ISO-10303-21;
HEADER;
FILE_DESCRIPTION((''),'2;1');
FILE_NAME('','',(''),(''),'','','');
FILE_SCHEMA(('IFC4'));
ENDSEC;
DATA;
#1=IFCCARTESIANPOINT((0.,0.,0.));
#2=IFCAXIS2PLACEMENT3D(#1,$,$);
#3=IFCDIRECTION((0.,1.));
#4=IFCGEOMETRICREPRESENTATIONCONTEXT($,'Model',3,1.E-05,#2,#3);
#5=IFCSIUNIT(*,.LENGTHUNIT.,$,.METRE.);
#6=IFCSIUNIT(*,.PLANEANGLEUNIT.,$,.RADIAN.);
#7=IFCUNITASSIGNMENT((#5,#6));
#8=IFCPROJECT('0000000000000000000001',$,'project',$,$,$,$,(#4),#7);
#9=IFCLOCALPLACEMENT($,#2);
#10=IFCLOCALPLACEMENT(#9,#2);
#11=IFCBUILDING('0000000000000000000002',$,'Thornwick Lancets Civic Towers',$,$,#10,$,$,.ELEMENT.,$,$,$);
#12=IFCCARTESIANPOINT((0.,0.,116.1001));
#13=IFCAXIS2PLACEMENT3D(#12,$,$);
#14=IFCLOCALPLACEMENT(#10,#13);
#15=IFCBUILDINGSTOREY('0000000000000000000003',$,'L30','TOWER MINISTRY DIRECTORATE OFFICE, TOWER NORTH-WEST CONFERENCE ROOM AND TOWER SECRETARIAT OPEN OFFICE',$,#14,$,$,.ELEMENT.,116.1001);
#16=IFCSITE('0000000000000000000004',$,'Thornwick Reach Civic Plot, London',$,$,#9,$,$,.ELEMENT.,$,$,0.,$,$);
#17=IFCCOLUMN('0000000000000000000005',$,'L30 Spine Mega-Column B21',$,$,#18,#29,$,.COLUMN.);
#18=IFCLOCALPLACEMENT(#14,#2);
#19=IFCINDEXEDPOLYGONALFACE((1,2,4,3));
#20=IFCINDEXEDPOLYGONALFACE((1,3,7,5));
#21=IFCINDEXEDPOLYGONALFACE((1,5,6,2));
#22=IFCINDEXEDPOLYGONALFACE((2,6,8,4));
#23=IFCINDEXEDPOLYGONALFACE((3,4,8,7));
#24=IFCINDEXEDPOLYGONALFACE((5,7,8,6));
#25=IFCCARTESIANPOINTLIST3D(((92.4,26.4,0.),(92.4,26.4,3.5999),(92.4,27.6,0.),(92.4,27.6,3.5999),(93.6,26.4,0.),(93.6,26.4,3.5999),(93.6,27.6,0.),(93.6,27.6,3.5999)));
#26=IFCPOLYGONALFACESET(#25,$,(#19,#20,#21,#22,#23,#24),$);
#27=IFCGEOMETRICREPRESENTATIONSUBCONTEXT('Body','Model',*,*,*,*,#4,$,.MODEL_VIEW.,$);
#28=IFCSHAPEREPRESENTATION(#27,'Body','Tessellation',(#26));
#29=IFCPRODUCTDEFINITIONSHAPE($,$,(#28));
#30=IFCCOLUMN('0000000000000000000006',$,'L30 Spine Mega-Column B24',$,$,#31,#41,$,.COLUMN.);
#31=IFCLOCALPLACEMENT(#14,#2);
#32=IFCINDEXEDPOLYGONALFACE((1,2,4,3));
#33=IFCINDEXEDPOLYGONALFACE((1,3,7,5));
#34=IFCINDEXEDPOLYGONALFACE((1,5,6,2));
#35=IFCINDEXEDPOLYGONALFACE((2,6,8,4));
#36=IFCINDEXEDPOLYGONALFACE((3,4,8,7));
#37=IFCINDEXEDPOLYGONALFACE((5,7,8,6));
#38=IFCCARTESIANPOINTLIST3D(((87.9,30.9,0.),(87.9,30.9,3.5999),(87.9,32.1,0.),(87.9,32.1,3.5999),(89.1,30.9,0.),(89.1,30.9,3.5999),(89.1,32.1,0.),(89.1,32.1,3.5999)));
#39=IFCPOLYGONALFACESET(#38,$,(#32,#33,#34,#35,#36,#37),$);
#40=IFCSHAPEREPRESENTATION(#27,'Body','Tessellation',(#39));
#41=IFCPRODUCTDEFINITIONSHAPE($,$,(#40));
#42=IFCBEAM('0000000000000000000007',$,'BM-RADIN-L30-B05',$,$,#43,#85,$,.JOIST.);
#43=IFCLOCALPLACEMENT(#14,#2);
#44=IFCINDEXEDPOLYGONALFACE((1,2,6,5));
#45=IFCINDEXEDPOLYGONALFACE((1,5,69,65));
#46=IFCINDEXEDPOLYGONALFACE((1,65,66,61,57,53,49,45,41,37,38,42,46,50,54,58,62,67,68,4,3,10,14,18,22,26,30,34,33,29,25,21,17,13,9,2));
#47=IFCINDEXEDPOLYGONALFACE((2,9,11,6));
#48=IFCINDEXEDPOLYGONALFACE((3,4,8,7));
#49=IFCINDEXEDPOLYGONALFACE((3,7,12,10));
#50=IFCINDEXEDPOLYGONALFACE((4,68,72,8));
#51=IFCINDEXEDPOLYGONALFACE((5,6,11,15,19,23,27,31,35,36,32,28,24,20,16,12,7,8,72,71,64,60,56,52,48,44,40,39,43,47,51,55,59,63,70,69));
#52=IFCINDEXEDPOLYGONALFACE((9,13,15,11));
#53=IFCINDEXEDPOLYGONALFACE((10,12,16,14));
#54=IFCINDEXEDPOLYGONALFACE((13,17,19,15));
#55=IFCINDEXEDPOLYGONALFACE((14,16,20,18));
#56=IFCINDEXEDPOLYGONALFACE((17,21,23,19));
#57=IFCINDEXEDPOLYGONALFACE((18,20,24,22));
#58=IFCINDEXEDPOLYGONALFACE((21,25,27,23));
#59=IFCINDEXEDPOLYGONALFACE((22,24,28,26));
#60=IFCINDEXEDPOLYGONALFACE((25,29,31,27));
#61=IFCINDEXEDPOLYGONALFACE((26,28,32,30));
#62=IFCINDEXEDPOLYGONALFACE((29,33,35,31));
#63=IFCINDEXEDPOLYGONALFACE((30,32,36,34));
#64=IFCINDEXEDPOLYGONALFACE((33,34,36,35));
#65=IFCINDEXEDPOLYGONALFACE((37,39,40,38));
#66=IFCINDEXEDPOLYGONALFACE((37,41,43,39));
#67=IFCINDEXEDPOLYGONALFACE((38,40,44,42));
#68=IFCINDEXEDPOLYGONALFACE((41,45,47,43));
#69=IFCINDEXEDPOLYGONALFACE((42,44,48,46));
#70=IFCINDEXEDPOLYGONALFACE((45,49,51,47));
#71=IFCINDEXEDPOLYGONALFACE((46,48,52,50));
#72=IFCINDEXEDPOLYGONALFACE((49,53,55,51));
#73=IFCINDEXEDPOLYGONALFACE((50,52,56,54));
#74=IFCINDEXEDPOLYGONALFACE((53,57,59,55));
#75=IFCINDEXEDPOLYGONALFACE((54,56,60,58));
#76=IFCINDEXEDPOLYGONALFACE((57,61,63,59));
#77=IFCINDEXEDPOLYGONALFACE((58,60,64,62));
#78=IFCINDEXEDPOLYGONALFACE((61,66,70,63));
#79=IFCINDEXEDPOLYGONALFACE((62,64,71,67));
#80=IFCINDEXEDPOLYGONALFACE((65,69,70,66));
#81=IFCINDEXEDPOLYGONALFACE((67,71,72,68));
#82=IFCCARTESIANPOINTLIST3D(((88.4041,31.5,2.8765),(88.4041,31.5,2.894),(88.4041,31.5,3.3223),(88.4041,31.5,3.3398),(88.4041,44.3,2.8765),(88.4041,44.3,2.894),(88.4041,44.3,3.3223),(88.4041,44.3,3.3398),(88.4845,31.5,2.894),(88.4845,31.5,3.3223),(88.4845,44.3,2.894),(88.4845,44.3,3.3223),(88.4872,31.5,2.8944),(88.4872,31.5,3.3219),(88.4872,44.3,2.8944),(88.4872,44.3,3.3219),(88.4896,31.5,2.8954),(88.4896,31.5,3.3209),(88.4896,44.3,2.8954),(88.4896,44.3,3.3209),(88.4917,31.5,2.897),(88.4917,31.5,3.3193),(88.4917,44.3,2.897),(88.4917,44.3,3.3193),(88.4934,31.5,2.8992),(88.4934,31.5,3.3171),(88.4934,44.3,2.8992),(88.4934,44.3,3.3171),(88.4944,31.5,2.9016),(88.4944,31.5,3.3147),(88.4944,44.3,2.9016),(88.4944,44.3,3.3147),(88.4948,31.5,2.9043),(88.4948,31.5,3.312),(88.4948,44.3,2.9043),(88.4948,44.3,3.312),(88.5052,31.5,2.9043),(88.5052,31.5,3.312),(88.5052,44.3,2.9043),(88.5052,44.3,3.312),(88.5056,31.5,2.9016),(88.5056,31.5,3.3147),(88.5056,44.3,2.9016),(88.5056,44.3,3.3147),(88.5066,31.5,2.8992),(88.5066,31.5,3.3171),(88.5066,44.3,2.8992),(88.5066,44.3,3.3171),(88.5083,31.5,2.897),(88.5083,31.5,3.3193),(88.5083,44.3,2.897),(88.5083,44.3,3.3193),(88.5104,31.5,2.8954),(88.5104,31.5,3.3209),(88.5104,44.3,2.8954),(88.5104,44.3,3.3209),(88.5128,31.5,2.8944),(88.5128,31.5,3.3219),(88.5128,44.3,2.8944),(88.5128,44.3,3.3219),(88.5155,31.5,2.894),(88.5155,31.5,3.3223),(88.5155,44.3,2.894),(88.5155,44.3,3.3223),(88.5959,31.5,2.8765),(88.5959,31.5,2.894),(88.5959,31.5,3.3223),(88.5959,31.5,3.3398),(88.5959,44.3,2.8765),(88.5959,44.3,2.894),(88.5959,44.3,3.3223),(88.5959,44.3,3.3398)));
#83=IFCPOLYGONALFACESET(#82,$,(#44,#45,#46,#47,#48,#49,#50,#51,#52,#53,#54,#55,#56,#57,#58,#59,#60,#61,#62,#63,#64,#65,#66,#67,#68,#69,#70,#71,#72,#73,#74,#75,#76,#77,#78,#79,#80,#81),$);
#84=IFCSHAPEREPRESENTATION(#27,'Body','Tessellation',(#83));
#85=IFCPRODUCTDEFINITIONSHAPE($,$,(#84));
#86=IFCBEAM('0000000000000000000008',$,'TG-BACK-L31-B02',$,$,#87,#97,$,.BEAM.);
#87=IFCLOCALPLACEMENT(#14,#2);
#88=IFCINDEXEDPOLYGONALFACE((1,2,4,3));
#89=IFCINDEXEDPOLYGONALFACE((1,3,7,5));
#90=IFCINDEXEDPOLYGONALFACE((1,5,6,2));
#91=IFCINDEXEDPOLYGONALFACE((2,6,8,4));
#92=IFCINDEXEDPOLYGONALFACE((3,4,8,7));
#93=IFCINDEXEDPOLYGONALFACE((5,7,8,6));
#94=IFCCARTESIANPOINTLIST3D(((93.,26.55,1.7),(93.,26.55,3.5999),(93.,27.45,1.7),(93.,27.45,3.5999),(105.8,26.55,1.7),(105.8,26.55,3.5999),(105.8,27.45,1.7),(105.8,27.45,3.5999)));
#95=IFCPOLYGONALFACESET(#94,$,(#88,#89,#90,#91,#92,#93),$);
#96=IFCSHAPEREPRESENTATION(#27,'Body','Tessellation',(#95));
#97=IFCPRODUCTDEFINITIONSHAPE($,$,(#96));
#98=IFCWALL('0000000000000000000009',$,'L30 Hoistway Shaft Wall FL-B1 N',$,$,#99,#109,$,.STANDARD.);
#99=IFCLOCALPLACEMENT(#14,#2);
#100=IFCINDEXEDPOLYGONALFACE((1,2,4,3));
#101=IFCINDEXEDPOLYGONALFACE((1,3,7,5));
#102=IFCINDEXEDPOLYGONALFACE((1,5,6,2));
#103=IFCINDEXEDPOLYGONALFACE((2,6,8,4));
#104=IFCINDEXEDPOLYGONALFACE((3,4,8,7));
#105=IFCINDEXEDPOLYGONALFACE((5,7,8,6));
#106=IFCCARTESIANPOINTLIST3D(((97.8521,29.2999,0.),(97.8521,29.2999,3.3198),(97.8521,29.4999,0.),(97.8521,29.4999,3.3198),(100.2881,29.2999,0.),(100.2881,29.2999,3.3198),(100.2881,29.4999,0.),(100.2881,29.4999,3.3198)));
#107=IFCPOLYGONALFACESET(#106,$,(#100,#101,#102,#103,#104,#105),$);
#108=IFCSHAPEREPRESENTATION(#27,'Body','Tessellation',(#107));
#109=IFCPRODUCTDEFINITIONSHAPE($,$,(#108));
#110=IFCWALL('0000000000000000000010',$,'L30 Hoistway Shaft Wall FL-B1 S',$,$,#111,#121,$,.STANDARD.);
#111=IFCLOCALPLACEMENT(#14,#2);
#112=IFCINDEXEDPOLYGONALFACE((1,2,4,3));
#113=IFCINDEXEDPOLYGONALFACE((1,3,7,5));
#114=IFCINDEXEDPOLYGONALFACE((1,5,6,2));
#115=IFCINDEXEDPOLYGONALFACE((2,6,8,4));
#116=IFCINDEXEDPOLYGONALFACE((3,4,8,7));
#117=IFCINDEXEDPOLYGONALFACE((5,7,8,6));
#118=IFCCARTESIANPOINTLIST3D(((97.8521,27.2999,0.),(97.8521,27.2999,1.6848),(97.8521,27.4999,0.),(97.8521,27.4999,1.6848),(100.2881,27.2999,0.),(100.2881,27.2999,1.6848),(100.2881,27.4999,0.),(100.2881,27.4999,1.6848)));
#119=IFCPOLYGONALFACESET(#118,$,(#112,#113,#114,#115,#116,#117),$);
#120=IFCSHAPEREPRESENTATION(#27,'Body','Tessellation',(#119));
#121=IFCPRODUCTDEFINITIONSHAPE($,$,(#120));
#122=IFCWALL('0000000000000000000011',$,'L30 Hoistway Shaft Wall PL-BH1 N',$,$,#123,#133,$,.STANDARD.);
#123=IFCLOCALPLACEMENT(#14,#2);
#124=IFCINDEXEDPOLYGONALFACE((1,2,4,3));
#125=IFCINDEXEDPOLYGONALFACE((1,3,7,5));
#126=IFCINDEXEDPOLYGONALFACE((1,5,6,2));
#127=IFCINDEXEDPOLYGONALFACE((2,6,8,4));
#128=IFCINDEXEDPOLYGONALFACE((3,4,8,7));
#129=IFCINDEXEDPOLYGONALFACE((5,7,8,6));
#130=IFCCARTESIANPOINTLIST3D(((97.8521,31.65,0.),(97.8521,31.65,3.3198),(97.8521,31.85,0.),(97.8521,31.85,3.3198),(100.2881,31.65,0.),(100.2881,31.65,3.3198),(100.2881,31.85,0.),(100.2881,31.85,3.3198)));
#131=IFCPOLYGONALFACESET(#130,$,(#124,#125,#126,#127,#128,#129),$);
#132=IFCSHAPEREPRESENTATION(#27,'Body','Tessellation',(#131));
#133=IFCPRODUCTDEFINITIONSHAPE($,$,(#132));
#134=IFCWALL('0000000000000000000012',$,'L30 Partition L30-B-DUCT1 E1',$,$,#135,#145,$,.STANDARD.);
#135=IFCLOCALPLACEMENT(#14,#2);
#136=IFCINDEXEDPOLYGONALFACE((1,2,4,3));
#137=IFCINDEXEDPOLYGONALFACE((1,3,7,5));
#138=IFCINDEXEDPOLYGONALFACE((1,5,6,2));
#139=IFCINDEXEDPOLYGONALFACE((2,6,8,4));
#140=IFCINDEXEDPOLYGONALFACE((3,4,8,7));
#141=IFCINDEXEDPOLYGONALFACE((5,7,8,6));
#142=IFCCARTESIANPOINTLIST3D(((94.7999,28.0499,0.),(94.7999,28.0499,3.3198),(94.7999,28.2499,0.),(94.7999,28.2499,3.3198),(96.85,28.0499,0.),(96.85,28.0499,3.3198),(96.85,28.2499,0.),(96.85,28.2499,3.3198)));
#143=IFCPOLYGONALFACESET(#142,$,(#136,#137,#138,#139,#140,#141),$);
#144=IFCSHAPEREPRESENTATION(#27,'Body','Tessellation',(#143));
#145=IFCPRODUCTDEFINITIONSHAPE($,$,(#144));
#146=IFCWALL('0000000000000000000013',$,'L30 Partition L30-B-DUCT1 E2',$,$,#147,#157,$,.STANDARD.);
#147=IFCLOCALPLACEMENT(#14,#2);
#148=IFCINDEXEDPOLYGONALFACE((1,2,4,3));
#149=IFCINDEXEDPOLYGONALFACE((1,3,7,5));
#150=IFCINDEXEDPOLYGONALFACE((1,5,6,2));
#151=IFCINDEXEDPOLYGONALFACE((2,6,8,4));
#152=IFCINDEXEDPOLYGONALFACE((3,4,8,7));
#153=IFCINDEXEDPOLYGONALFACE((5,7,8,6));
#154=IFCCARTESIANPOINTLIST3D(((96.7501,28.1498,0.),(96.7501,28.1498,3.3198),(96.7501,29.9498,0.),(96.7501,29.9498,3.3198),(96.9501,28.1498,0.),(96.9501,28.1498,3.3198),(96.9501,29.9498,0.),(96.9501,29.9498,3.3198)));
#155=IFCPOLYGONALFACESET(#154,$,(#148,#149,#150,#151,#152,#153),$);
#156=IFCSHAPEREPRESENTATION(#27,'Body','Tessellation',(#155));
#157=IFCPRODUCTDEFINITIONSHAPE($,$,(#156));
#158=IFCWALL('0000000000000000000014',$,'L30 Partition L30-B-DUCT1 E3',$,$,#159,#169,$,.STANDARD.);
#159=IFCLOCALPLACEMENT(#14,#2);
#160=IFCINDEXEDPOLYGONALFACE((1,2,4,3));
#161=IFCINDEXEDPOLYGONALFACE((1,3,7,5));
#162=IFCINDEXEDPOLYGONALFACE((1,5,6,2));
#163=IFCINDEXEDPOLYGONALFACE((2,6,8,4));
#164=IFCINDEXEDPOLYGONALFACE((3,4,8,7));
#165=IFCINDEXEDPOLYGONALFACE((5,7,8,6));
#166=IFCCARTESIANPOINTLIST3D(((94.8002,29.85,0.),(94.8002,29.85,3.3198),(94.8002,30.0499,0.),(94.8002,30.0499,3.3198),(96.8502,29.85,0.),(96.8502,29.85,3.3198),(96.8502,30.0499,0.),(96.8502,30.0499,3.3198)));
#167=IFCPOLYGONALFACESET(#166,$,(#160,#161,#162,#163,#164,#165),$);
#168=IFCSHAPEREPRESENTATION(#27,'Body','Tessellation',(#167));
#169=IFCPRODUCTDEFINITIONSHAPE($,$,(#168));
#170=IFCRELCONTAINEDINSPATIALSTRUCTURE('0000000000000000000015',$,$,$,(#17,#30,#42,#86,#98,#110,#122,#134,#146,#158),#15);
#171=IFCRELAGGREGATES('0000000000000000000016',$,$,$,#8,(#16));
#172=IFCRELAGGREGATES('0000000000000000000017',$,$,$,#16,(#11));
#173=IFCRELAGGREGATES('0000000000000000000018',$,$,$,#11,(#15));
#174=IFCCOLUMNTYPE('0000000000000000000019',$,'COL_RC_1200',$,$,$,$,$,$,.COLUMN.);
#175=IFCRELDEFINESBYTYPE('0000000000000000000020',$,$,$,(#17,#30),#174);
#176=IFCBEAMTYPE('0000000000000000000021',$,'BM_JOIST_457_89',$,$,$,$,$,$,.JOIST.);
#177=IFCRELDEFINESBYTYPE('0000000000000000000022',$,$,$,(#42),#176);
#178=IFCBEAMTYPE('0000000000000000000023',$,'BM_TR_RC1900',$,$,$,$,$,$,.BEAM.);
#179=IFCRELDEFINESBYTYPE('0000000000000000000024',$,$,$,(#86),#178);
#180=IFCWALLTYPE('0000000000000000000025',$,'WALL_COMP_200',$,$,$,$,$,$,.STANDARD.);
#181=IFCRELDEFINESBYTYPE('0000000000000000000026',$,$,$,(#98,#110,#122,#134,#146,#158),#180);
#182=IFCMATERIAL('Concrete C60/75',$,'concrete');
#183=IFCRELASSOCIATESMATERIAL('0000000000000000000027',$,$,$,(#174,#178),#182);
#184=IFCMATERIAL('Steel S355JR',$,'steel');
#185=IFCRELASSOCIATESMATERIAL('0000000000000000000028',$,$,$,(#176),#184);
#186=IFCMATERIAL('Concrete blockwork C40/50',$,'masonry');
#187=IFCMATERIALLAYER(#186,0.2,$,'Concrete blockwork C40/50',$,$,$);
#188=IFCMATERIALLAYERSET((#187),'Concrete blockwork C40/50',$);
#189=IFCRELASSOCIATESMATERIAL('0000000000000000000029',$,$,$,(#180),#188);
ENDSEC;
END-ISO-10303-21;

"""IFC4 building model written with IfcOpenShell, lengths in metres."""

from ifc_helpers import new_model, si_unit, direction, frame, frame_2d, origin, origin_2d, place, context, subcontext, project, spatial, rectangle, i_section, extrude, material, layer, layer_set, material_profile, profile_set, type_object, element, save


model = new_model("IFC4")

# Units and contexts
model_context = context("Model", 3, precision=1e-05, world=origin(), true_north=direction((0.0, 1.0)))
body_context = subcontext(model_context, "Body", "Model", "MODEL_VIEW")
ifc_project = project(units=[si_unit("LENGTHUNIT", "METRE"), si_unit("PLANEANGLEUNIT", "RADIAN")], contexts=[model_context])

# Site, building, storey
site_placement = place(None, origin())
site = spatial("IfcSite", under=ifc_project, at=site_placement, Name="Thornwick Reach Civic Plot, London", CompositionType="ELEMENT", RefElevation=0.0)
building_placement = place(site_placement, origin())
building = spatial("IfcBuilding", under=site, at=building_placement, Name="Thornwick Lancets Civic Towers", CompositionType="ELEMENT")
storey_placement = place(building_placement, frame((0.0, 0.0, 116.1001)))
storey = spatial("IfcBuildingStorey", under=building, at=storey_placement, Name="L30", Description="TOWER MINISTRY DIRECTORATE OFFICE, TOWER NORTH-WEST CONFERENCE ROOM AND TOWER SECRETARIAT OPEN OFFICE", CompositionType="ELEMENT", Elevation=116.1001)

# Columns
ifc_material_1 = material(Name="Concrete C60/75", Category="concrete")
ifc_material_profile_1 = material_profile(ifc_material_1, rectangle(XDim=1.2, YDim=1.2, at=origin_2d()), Name="RC 1200x1200")
ifc_profile_set_1 = profile_set([ifc_material_profile_1], Name="Concrete C60/75")
column_type = type_object("IfcColumnType", Name="COL_RC_1200", PredefinedType="COLUMN", material=ifc_profile_set_1)
for number, where, z_axis, x_axis, name in (
    (1, (93.0, 27.0, 0.0), (0.0, 0.0, 1.0), (1.0, 0.0, 0.0), "L30 Spine Mega-Column B21"),
    (2, (88.5, 31.5, 0.0), (0.0, 0.0, 1.0), (1.0, 0.0, 0.0), "L30 Spine Mega-Column B24"),
):
    element("IfcColumn", number, at=place(storey_placement, frame(where, z_axis=z_axis, x_axis=x_axis)), inside=storey, type_object=column_type, Name=name, PredefinedType="COLUMN", context=body_context, shape_type="SweptSolid", body=[
        extrude(rectangle(XDim=1.2, YDim=1.2, at=origin_2d()), origin(), (0.0, 0.0, 1.0), 3.5999),
    ])

# Beams
ifc_material_2 = material(Name="Steel S355JR", Category="steel")
ifc_material_profile_2 = material_profile(ifc_material_2, i_section(OverallWidth=0.1919, OverallDepth=0.4634, WebThickness=0.0105, FlangeThickness=0.0176, FilletRadius=0.0103, at=origin_2d()), Name="UKB 457x191x89")
ifc_profile_set_2 = profile_set([ifc_material_profile_2], Name="Steel S355JR")
beam_type_1 = type_object("IfcBeamType", Name="BM_JOIST_457_89", PredefinedType="JOIST", material=ifc_profile_set_2)
beam_1_placement = place(storey_placement, frame((88.5, 31.5, 3.1082), z_axis=(0.0, 1.0, 0.0), x_axis=(-1.0, 0.0, 0.0)))
element("IfcBeam", 3, at=beam_1_placement, inside=storey, type_object=beam_type_1, Name="BM-RADIN-L30-B05", PredefinedType="JOIST", context=body_context, shape_type="SweptSolid", body=[
    extrude(i_section(OverallWidth=0.1919, OverallDepth=0.4634, WebThickness=0.0105, FlangeThickness=0.0176, FilletRadius=0.0103, at=origin_2d()), origin(), (0.0, 0.0, 1.0), 12.8),
])
ifc_material_profile_3 = material_profile(ifc_material_1, rectangle(XDim=0.8999, YDim=1.8999, at=origin_2d()), Name="RC 900x1900")
ifc_profile_set_3 = profile_set([ifc_material_profile_3], Name="Concrete C60/75")
beam_type_2 = type_object("IfcBeamType", Name="BM_TR_RC1900", PredefinedType="BEAM", material=ifc_profile_set_3)
beam_2_placement = place(storey_placement, frame((93.0, 27.0, 2.6499), z_axis=(1.0, 0.0, 0.0), x_axis=(0.0, 1.0, 0.0)))
element("IfcBeam", 4, at=beam_2_placement, inside=storey, type_object=beam_type_2, Name="TG-BACK-L31-B02", PredefinedType="BEAM", context=body_context, shape_type="SweptSolid", body=[
    extrude(rectangle(XDim=0.8999, YDim=1.8999, at=origin_2d()), origin(), (0.0, 0.0, 1.0), 12.8),
])

# Walls
ifc_material_3 = material(Name="Concrete blockwork C40/50", Category="masonry")
ifc_layer_1 = layer(ifc_material_3, 0.2, Name="Concrete blockwork C40/50")
ifc_layer_set_1 = layer_set([ifc_layer_1], Name="Concrete blockwork C40/50")
wall_type_1 = type_object("IfcWallType", Name="WALL_COMP_200", PredefinedType="STANDARD", material=ifc_layer_set_1)
wall_1_placement = place(storey_placement, frame((97.8521, 29.3999, 0.0), z_axis=(0.0, 0.0, 1.0), x_axis=(1.0, 0.0, 0.0)))
element("IfcWall", 5, at=wall_1_placement, inside=storey, type_object=wall_type_1, Name="L30 Hoistway Shaft Wall FL-B1 N", PredefinedType="STANDARD", context=body_context, shape_type="SweptSolid", body=[
    extrude(rectangle(XDim=2.436, YDim=0.2, at=frame_2d((1.218, 0.0))), origin(), (0.0, 0.0, 1.0), 3.3198),
])
wall_2_placement = place(storey_placement, frame((97.8521, 27.3999, 0.0), z_axis=(0.0, 0.0, 1.0), x_axis=(1.0, 0.0, 0.0)))
element("IfcWall", 6, at=wall_2_placement, inside=storey, type_object=wall_type_1, Name="L30 Hoistway Shaft Wall FL-B1 S", PredefinedType="STANDARD", context=body_context, shape_type="SweptSolid", body=[
    extrude(rectangle(XDim=2.436, YDim=0.2, at=frame_2d((1.218, 0.0))), origin(), (0.0, 0.0, 1.0), 1.6848),
])
wall_3_placement = place(storey_placement, frame((97.8521, 31.75, 0.0), z_axis=(0.0, 0.0, 1.0), x_axis=(1.0, 0.0, 0.0)))
element("IfcWall", 7, at=wall_3_placement, inside=storey, type_object=wall_type_1, Name="L30 Hoistway Shaft Wall PL-BH1 N", PredefinedType="STANDARD", context=body_context, shape_type="SweptSolid", body=[
    extrude(rectangle(XDim=2.436, YDim=0.2, at=frame_2d((1.218, 0.0))), origin(), (0.0, 0.0, 1.0), 3.3198),
])
wall_4_placement = place(storey_placement, frame((94.8, 28.1499, 0.0), z_axis=(0.0, 0.0, 1.0), x_axis=(1.0, 0.0, 0.0)))
element("IfcWall", 8, at=wall_4_placement, inside=storey, type_object=wall_type_1, Name="L30 Partition L30-B-DUCT1 E1", PredefinedType="STANDARD", context=body_context, shape_type="SweptSolid", body=[
    extrude(rectangle(XDim=2.05, YDim=0.2, at=frame_2d((1.0249, 0.0))), origin(), (0.0, 0.0, 1.0), 3.3198),
])
wall_5_placement = place(storey_placement, frame((96.8501, 28.1499, 0.0), z_axis=(0.0, 0.0, 1.0), x_axis=(0.0, 1.0, 0.0)))
element("IfcWall", 9, at=wall_5_placement, inside=storey, type_object=wall_type_1, Name="L30 Partition L30-B-DUCT1 E2", PredefinedType="STANDARD", context=body_context, shape_type="SweptSolid", body=[
    extrude(rectangle(XDim=1.8, YDim=0.2, at=frame_2d((0.8999, 0.0))), origin(), (0.0, 0.0, 1.0), 3.3198),
])
wall_6_placement = place(storey_placement, frame((96.8501, 29.95, 0.0), z_axis=(0.0, 0.0, 1.0), x_axis=(-1.0, 0.0, 0.0)))
element("IfcWall", 10, at=wall_6_placement, inside=storey, type_object=wall_type_1, Name="L30 Partition L30-B-DUCT1 E3", PredefinedType="STANDARD", context=body_context, shape_type="SweptSolid", body=[
    extrude(rectangle(XDim=2.05, YDim=0.2, at=frame_2d((1.0249, 0.0))), origin(), (0.0, 0.0, 1.0), 3.3198),
])

save(model, "model.ifc")
